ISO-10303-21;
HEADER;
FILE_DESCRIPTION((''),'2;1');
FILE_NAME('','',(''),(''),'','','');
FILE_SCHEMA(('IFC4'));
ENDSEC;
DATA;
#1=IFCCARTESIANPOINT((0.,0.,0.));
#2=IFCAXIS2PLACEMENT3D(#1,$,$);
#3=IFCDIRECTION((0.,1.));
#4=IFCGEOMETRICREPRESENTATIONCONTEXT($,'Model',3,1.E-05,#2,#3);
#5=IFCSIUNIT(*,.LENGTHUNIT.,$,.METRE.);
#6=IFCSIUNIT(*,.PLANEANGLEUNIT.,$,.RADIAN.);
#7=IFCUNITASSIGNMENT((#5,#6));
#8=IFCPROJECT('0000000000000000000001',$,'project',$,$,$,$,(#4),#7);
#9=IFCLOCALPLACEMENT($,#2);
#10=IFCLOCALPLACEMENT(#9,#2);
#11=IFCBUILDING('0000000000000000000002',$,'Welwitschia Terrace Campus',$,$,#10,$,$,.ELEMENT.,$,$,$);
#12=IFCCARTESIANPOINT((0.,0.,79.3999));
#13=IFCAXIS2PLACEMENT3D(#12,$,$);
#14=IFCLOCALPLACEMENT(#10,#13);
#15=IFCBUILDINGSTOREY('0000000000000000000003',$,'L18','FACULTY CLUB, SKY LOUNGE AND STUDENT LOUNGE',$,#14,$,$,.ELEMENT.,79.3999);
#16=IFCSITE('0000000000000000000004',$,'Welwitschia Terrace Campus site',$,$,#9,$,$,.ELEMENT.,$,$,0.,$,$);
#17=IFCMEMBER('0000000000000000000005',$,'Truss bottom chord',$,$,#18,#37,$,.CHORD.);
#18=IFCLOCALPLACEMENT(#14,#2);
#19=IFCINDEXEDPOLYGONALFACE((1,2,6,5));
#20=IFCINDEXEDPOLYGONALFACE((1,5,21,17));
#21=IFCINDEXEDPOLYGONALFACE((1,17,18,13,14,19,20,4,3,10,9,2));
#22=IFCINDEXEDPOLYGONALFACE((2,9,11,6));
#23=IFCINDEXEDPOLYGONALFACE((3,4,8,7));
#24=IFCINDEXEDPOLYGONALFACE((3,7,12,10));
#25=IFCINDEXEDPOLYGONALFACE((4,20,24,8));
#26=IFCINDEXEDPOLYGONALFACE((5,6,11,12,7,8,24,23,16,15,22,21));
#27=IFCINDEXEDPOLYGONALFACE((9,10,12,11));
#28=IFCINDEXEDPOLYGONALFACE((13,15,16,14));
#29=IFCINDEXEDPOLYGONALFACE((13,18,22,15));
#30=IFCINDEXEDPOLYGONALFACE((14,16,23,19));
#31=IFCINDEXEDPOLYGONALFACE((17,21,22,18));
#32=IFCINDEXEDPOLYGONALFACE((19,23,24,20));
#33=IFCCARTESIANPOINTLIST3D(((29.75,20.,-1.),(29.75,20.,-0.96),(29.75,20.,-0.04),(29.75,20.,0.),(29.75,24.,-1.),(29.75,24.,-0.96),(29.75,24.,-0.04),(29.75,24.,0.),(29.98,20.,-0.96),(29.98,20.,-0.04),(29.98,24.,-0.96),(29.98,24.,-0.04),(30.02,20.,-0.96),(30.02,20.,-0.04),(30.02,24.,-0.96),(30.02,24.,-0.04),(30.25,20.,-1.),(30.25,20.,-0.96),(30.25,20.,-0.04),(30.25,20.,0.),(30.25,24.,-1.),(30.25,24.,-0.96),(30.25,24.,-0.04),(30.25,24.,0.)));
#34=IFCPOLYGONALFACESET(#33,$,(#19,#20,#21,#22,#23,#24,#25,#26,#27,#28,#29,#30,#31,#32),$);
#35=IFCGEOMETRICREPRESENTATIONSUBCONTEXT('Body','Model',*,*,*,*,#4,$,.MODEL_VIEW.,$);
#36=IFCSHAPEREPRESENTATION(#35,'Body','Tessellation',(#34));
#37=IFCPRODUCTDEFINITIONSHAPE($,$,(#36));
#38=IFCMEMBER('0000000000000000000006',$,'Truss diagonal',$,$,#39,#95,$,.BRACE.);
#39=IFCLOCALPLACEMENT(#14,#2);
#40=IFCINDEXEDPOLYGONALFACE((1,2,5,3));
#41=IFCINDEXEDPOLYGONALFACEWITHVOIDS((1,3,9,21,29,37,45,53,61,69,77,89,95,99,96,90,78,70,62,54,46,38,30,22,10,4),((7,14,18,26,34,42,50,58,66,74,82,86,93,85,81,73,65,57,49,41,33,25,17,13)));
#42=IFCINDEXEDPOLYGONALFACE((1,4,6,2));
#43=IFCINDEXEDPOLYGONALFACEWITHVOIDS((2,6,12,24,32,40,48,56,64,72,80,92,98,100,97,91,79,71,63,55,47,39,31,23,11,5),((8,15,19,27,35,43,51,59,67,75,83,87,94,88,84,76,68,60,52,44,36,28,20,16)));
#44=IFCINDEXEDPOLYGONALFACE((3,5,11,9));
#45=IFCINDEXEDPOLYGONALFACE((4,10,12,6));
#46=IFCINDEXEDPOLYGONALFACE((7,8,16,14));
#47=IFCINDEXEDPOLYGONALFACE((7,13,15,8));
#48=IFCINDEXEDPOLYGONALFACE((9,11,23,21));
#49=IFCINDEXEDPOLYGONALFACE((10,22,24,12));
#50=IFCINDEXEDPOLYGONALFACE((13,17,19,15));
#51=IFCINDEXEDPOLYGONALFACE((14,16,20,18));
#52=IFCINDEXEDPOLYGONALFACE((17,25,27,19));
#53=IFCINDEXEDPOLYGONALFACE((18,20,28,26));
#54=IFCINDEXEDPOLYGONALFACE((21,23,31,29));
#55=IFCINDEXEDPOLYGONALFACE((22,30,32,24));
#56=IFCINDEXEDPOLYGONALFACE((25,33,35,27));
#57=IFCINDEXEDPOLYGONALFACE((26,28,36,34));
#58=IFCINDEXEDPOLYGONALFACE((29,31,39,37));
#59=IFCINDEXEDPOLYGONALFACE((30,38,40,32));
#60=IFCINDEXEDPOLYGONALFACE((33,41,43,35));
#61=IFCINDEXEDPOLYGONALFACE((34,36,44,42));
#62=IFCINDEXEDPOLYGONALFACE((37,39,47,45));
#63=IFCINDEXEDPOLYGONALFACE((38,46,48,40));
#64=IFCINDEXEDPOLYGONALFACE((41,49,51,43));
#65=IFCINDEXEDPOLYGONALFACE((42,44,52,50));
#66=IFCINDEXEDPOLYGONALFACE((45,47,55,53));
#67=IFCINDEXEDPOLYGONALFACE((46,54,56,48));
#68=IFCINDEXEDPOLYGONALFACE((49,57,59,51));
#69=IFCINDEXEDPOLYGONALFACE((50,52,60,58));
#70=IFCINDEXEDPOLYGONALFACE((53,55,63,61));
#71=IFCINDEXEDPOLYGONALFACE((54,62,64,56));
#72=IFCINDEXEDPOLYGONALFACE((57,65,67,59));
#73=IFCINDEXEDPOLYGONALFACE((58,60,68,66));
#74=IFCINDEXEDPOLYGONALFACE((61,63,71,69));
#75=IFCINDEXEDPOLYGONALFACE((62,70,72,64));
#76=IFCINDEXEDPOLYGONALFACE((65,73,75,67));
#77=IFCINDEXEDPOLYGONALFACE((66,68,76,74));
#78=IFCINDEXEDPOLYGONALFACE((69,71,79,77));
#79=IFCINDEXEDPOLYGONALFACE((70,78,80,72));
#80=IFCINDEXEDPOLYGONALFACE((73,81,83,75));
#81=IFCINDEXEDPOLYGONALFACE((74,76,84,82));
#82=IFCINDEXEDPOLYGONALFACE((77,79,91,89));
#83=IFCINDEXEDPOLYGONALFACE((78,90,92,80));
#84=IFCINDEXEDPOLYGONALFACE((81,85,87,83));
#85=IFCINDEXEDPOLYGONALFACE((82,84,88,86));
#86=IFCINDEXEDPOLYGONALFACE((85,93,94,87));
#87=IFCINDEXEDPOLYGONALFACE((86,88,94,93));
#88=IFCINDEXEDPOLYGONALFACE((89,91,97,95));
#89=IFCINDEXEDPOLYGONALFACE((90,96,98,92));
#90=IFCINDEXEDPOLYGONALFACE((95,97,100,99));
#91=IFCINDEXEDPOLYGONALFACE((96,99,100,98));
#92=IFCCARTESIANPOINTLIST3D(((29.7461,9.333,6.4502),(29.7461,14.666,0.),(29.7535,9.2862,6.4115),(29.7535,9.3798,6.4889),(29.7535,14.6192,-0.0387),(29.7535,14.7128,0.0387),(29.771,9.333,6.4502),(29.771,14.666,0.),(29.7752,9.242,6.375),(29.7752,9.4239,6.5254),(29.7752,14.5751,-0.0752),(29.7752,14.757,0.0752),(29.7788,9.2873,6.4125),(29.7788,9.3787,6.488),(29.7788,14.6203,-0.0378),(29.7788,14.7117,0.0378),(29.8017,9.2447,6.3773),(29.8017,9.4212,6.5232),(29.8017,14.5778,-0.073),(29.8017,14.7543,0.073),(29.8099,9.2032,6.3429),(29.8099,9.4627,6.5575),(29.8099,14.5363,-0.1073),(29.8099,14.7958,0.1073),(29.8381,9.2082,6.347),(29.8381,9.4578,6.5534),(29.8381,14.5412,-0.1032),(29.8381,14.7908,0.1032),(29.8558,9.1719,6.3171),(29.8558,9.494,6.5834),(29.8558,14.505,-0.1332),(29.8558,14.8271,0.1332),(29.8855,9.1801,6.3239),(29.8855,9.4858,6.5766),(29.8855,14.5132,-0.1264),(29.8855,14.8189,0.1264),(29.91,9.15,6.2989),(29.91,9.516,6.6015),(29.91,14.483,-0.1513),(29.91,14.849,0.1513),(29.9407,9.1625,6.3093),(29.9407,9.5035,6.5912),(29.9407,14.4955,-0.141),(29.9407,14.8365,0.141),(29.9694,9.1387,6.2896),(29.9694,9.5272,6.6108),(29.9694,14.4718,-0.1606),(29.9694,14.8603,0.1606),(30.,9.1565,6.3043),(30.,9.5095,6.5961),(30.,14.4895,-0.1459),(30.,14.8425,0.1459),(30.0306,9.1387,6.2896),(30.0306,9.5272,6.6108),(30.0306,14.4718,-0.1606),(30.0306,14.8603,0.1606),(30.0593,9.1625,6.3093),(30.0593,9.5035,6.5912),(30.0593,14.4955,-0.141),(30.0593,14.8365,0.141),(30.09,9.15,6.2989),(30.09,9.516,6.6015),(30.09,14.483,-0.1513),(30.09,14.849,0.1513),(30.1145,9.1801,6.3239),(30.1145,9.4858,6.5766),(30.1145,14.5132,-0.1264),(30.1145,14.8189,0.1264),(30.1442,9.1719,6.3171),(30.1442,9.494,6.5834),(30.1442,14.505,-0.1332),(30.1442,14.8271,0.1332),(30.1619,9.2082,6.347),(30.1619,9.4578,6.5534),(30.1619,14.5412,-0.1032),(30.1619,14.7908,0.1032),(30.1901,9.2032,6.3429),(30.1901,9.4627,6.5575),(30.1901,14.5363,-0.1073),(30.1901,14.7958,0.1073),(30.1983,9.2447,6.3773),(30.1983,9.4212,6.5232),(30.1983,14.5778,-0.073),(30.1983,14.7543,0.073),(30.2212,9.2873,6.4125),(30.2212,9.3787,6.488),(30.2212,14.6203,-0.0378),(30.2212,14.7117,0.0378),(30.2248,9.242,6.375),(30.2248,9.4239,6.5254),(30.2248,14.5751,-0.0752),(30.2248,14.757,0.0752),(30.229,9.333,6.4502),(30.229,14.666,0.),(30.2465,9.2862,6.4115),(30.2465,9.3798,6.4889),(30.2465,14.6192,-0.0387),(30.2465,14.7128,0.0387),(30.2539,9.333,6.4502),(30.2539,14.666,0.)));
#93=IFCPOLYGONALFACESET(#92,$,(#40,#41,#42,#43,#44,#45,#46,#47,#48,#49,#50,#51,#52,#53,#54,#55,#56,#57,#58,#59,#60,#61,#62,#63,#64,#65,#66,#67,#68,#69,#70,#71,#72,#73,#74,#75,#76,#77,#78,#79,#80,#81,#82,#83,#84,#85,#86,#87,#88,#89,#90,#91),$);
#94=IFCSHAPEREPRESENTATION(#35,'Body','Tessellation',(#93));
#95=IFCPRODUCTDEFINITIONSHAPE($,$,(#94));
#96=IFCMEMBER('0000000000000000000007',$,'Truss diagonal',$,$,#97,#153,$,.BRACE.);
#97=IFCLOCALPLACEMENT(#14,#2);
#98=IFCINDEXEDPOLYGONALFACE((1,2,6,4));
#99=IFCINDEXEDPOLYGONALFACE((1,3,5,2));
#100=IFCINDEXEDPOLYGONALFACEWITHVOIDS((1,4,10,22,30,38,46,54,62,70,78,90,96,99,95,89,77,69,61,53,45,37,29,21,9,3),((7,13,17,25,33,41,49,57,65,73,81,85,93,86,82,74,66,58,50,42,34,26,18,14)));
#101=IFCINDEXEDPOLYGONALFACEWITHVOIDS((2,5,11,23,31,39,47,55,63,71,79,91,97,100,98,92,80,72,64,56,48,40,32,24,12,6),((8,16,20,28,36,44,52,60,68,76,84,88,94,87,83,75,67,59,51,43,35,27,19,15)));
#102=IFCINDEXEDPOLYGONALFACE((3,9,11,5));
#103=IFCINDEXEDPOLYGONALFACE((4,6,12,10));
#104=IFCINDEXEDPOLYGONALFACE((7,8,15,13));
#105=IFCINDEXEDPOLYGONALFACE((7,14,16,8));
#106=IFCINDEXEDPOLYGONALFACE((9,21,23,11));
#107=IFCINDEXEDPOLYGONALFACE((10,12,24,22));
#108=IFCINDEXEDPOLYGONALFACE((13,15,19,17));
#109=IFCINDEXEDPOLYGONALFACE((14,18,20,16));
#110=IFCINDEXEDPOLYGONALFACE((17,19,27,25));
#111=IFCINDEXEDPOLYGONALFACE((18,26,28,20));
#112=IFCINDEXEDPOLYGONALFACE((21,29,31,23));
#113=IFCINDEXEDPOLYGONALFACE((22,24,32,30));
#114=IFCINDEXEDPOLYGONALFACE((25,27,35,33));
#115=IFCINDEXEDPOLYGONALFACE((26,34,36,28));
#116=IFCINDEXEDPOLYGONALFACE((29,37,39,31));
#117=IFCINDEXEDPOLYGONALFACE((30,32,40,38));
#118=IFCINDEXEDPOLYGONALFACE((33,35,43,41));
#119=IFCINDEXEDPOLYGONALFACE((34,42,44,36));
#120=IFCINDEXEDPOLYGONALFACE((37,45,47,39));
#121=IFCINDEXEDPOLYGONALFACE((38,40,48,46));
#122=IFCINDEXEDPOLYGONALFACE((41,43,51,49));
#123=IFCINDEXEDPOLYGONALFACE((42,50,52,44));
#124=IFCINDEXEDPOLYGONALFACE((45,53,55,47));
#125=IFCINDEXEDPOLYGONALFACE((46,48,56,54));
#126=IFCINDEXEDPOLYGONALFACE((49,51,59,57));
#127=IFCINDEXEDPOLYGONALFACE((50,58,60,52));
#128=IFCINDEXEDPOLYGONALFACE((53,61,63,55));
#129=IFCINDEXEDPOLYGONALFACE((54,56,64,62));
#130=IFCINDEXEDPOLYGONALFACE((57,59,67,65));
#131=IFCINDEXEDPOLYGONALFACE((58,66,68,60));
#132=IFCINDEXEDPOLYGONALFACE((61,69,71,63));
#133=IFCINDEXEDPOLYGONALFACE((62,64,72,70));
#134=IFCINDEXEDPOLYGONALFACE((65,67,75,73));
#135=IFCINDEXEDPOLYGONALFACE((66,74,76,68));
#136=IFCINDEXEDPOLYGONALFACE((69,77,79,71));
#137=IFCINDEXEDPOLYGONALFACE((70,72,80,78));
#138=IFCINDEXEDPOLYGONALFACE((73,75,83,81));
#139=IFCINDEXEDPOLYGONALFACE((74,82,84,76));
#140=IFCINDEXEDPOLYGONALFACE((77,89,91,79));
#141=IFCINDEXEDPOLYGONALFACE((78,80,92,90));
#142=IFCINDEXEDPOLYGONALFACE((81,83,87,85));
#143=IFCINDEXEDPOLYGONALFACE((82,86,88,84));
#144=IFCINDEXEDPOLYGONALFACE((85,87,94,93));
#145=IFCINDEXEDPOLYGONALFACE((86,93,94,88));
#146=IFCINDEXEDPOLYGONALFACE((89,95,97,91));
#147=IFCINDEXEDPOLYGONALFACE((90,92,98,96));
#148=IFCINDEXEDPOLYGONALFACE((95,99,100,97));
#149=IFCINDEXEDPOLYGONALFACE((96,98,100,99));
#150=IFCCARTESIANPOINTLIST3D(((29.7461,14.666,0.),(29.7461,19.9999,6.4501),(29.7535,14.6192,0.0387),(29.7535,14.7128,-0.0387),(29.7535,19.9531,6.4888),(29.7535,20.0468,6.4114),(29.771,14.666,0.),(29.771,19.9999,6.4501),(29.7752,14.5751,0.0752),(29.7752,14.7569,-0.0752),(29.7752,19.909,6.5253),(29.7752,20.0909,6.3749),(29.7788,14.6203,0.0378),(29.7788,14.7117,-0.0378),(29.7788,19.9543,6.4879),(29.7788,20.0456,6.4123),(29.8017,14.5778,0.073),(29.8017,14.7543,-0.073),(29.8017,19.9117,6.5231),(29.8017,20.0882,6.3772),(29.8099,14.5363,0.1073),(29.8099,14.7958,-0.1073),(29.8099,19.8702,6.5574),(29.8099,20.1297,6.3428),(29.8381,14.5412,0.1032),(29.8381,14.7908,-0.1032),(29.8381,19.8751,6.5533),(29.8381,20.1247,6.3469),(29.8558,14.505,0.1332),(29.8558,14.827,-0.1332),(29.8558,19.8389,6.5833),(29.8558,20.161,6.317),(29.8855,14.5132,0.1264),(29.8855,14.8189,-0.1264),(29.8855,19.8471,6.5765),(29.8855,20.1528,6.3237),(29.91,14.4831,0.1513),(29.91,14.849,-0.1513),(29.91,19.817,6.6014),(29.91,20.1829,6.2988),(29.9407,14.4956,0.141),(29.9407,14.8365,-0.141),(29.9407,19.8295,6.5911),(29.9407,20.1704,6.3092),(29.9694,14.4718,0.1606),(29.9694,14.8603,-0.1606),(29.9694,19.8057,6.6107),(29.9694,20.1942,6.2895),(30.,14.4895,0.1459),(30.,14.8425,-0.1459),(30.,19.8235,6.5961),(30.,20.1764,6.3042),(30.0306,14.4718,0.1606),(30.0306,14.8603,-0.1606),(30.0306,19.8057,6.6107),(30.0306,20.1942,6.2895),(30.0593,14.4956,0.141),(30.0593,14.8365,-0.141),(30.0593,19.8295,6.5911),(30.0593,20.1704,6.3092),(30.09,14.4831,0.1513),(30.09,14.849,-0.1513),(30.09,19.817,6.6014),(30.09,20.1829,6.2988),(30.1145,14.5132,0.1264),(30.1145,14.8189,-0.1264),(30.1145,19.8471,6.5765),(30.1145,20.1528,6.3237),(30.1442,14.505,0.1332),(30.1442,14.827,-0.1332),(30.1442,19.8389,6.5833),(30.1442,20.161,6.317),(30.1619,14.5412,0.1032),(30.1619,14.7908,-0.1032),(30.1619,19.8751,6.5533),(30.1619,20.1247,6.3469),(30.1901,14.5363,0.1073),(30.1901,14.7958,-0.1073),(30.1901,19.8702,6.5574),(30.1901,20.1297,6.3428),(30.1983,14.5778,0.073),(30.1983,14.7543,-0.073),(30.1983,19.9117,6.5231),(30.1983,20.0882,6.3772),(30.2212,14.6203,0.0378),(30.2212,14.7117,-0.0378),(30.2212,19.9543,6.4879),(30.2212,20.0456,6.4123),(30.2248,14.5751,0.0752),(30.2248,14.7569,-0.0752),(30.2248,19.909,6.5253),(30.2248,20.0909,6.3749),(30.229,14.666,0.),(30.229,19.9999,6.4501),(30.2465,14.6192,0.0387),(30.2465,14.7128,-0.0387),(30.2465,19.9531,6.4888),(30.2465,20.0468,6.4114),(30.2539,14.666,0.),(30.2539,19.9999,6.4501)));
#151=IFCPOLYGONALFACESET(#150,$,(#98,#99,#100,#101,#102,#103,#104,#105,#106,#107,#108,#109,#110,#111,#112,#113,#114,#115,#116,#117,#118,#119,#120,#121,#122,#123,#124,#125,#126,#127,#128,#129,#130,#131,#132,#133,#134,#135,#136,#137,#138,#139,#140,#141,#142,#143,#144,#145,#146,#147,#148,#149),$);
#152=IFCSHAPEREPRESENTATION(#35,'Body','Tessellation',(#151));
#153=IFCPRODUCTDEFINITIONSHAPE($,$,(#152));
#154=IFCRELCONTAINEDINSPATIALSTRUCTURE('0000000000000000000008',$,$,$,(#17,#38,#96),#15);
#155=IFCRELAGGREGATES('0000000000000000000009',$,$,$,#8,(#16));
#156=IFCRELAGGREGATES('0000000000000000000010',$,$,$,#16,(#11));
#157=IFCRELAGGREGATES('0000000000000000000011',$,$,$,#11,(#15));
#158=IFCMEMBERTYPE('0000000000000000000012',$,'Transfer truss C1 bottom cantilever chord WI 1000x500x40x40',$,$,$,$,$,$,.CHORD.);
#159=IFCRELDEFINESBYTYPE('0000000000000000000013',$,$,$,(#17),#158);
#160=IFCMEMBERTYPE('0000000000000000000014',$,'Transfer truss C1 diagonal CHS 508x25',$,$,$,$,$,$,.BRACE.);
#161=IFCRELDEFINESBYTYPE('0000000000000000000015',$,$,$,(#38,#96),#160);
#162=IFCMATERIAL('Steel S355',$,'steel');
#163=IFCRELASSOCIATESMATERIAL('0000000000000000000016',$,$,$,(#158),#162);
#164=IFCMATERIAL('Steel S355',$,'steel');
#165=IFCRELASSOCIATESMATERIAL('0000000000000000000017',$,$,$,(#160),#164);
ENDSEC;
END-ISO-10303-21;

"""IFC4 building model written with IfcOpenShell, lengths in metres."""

from ifc_helpers import new_model, si_unit, direction, frame, origin, origin_2d, place, context, subcontext, project, spatial, hollow_circle, i_section, extrude, material, material_profile, profile_set, type_object, element, save


model = new_model("IFC4")

# Units and contexts
model_context = context("Model", 3, precision=1e-05, world=origin(), true_north=direction((0.0, 1.0)))
body_context = subcontext(model_context, "Body", "Model", "MODEL_VIEW")
ifc_project = project(units=[si_unit("LENGTHUNIT", "METRE"), si_unit("PLANEANGLEUNIT", "RADIAN")], contexts=[model_context])

# Site, building, storey
site_placement = place(None, origin())
site = spatial("IfcSite", under=ifc_project, at=site_placement, Name="Welwitschia Terrace Campus site", CompositionType="ELEMENT", RefElevation=0.0)
building_placement = place(site_placement, origin())
building = spatial("IfcBuilding", under=site, at=building_placement, Name="Welwitschia Terrace Campus", CompositionType="ELEMENT")
storey_placement = place(building_placement, frame((0.0, 0.0, 79.3999)))
storey = spatial("IfcBuildingStorey", under=building, at=storey_placement, Name="L18", Description="FACULTY CLUB, SKY LOUNGE AND STUDENT LOUNGE", CompositionType="ELEMENT", Elevation=79.3999)

# Members
ifc_material_1 = material(Name="Steel S355", Category="steel")
ifc_material_profile_1 = material_profile(ifc_material_1, i_section(OverallWidth=0.5, OverallDepth=1.0, WebThickness=0.04, FlangeThickness=0.04, at=origin_2d()))
ifc_profile_set_1 = profile_set([ifc_material_profile_1], Name="Steel S355")
member_type_1 = type_object("IfcMemberType", Name="Transfer truss C1 bottom cantilever chord WI 1000x500x40x40", PredefinedType="CHORD", material=ifc_profile_set_1)
member_1_placement = place(storey_placement, frame((30.0, 20.0, -0.5), z_axis=(0.0, 1.0, 0.0), x_axis=(-1.0, 0.0, 0.0)))
element("IfcMember", 1, at=member_1_placement, inside=storey, type_object=member_type_1, Name="Truss bottom chord", PredefinedType="CHORD", context=body_context, shape_type="SweptSolid", body=[
    extrude(i_section(OverallWidth=0.5, OverallDepth=1.0, WebThickness=0.04, FlangeThickness=0.04, at=origin_2d()), origin(), (0.0, 0.0, 1.0), 4.0),
])
ifc_material_2 = material(Name="Steel S355", Category="steel")
ifc_material_profile_2 = material_profile(ifc_material_2, hollow_circle(Radius=0.2539, WallThickness=0.0249, at=origin_2d()))
ifc_profile_set_2 = profile_set([ifc_material_profile_2], Name="Steel S355")
member_type_2 = type_object("IfcMemberType", Name="Transfer truss C1 diagonal CHS 508x25", PredefinedType="BRACE", material=ifc_profile_set_2)
member_2_placement = place(storey_placement, frame((30.0, 14.666, 0.0), z_axis=(0.0, -0.637207, 0.770693), x_axis=(1.0, 0.0, 0.0)))
element("IfcMember", 2, at=member_2_placement, inside=storey, type_object=member_type_2, Name="Truss diagonal", PredefinedType="BRACE", context=body_context, shape_type="SweptSolid", body=[
    extrude(hollow_circle(Radius=0.2539, WallThickness=0.0249, at=origin_2d()), origin(), (0.0, 0.0, 1.0), 8.3694),
])
member_3_placement = place(storey_placement, frame((30.0, 14.666, 0.0), z_axis=(0.0, 0.637276, 0.770635), x_axis=(-1.0, 0.0, 0.0)))
element("IfcMember", 3, at=member_3_placement, inside=storey, type_object=member_type_2, Name="Truss diagonal", PredefinedType="BRACE", context=body_context, shape_type="SweptSolid", body=[
    extrude(hollow_circle(Radius=0.2539, WallThickness=0.0249, at=origin_2d()), origin(), (0.0, 0.0, 1.0), 8.3699),
])

save(model, "model.ifc")
